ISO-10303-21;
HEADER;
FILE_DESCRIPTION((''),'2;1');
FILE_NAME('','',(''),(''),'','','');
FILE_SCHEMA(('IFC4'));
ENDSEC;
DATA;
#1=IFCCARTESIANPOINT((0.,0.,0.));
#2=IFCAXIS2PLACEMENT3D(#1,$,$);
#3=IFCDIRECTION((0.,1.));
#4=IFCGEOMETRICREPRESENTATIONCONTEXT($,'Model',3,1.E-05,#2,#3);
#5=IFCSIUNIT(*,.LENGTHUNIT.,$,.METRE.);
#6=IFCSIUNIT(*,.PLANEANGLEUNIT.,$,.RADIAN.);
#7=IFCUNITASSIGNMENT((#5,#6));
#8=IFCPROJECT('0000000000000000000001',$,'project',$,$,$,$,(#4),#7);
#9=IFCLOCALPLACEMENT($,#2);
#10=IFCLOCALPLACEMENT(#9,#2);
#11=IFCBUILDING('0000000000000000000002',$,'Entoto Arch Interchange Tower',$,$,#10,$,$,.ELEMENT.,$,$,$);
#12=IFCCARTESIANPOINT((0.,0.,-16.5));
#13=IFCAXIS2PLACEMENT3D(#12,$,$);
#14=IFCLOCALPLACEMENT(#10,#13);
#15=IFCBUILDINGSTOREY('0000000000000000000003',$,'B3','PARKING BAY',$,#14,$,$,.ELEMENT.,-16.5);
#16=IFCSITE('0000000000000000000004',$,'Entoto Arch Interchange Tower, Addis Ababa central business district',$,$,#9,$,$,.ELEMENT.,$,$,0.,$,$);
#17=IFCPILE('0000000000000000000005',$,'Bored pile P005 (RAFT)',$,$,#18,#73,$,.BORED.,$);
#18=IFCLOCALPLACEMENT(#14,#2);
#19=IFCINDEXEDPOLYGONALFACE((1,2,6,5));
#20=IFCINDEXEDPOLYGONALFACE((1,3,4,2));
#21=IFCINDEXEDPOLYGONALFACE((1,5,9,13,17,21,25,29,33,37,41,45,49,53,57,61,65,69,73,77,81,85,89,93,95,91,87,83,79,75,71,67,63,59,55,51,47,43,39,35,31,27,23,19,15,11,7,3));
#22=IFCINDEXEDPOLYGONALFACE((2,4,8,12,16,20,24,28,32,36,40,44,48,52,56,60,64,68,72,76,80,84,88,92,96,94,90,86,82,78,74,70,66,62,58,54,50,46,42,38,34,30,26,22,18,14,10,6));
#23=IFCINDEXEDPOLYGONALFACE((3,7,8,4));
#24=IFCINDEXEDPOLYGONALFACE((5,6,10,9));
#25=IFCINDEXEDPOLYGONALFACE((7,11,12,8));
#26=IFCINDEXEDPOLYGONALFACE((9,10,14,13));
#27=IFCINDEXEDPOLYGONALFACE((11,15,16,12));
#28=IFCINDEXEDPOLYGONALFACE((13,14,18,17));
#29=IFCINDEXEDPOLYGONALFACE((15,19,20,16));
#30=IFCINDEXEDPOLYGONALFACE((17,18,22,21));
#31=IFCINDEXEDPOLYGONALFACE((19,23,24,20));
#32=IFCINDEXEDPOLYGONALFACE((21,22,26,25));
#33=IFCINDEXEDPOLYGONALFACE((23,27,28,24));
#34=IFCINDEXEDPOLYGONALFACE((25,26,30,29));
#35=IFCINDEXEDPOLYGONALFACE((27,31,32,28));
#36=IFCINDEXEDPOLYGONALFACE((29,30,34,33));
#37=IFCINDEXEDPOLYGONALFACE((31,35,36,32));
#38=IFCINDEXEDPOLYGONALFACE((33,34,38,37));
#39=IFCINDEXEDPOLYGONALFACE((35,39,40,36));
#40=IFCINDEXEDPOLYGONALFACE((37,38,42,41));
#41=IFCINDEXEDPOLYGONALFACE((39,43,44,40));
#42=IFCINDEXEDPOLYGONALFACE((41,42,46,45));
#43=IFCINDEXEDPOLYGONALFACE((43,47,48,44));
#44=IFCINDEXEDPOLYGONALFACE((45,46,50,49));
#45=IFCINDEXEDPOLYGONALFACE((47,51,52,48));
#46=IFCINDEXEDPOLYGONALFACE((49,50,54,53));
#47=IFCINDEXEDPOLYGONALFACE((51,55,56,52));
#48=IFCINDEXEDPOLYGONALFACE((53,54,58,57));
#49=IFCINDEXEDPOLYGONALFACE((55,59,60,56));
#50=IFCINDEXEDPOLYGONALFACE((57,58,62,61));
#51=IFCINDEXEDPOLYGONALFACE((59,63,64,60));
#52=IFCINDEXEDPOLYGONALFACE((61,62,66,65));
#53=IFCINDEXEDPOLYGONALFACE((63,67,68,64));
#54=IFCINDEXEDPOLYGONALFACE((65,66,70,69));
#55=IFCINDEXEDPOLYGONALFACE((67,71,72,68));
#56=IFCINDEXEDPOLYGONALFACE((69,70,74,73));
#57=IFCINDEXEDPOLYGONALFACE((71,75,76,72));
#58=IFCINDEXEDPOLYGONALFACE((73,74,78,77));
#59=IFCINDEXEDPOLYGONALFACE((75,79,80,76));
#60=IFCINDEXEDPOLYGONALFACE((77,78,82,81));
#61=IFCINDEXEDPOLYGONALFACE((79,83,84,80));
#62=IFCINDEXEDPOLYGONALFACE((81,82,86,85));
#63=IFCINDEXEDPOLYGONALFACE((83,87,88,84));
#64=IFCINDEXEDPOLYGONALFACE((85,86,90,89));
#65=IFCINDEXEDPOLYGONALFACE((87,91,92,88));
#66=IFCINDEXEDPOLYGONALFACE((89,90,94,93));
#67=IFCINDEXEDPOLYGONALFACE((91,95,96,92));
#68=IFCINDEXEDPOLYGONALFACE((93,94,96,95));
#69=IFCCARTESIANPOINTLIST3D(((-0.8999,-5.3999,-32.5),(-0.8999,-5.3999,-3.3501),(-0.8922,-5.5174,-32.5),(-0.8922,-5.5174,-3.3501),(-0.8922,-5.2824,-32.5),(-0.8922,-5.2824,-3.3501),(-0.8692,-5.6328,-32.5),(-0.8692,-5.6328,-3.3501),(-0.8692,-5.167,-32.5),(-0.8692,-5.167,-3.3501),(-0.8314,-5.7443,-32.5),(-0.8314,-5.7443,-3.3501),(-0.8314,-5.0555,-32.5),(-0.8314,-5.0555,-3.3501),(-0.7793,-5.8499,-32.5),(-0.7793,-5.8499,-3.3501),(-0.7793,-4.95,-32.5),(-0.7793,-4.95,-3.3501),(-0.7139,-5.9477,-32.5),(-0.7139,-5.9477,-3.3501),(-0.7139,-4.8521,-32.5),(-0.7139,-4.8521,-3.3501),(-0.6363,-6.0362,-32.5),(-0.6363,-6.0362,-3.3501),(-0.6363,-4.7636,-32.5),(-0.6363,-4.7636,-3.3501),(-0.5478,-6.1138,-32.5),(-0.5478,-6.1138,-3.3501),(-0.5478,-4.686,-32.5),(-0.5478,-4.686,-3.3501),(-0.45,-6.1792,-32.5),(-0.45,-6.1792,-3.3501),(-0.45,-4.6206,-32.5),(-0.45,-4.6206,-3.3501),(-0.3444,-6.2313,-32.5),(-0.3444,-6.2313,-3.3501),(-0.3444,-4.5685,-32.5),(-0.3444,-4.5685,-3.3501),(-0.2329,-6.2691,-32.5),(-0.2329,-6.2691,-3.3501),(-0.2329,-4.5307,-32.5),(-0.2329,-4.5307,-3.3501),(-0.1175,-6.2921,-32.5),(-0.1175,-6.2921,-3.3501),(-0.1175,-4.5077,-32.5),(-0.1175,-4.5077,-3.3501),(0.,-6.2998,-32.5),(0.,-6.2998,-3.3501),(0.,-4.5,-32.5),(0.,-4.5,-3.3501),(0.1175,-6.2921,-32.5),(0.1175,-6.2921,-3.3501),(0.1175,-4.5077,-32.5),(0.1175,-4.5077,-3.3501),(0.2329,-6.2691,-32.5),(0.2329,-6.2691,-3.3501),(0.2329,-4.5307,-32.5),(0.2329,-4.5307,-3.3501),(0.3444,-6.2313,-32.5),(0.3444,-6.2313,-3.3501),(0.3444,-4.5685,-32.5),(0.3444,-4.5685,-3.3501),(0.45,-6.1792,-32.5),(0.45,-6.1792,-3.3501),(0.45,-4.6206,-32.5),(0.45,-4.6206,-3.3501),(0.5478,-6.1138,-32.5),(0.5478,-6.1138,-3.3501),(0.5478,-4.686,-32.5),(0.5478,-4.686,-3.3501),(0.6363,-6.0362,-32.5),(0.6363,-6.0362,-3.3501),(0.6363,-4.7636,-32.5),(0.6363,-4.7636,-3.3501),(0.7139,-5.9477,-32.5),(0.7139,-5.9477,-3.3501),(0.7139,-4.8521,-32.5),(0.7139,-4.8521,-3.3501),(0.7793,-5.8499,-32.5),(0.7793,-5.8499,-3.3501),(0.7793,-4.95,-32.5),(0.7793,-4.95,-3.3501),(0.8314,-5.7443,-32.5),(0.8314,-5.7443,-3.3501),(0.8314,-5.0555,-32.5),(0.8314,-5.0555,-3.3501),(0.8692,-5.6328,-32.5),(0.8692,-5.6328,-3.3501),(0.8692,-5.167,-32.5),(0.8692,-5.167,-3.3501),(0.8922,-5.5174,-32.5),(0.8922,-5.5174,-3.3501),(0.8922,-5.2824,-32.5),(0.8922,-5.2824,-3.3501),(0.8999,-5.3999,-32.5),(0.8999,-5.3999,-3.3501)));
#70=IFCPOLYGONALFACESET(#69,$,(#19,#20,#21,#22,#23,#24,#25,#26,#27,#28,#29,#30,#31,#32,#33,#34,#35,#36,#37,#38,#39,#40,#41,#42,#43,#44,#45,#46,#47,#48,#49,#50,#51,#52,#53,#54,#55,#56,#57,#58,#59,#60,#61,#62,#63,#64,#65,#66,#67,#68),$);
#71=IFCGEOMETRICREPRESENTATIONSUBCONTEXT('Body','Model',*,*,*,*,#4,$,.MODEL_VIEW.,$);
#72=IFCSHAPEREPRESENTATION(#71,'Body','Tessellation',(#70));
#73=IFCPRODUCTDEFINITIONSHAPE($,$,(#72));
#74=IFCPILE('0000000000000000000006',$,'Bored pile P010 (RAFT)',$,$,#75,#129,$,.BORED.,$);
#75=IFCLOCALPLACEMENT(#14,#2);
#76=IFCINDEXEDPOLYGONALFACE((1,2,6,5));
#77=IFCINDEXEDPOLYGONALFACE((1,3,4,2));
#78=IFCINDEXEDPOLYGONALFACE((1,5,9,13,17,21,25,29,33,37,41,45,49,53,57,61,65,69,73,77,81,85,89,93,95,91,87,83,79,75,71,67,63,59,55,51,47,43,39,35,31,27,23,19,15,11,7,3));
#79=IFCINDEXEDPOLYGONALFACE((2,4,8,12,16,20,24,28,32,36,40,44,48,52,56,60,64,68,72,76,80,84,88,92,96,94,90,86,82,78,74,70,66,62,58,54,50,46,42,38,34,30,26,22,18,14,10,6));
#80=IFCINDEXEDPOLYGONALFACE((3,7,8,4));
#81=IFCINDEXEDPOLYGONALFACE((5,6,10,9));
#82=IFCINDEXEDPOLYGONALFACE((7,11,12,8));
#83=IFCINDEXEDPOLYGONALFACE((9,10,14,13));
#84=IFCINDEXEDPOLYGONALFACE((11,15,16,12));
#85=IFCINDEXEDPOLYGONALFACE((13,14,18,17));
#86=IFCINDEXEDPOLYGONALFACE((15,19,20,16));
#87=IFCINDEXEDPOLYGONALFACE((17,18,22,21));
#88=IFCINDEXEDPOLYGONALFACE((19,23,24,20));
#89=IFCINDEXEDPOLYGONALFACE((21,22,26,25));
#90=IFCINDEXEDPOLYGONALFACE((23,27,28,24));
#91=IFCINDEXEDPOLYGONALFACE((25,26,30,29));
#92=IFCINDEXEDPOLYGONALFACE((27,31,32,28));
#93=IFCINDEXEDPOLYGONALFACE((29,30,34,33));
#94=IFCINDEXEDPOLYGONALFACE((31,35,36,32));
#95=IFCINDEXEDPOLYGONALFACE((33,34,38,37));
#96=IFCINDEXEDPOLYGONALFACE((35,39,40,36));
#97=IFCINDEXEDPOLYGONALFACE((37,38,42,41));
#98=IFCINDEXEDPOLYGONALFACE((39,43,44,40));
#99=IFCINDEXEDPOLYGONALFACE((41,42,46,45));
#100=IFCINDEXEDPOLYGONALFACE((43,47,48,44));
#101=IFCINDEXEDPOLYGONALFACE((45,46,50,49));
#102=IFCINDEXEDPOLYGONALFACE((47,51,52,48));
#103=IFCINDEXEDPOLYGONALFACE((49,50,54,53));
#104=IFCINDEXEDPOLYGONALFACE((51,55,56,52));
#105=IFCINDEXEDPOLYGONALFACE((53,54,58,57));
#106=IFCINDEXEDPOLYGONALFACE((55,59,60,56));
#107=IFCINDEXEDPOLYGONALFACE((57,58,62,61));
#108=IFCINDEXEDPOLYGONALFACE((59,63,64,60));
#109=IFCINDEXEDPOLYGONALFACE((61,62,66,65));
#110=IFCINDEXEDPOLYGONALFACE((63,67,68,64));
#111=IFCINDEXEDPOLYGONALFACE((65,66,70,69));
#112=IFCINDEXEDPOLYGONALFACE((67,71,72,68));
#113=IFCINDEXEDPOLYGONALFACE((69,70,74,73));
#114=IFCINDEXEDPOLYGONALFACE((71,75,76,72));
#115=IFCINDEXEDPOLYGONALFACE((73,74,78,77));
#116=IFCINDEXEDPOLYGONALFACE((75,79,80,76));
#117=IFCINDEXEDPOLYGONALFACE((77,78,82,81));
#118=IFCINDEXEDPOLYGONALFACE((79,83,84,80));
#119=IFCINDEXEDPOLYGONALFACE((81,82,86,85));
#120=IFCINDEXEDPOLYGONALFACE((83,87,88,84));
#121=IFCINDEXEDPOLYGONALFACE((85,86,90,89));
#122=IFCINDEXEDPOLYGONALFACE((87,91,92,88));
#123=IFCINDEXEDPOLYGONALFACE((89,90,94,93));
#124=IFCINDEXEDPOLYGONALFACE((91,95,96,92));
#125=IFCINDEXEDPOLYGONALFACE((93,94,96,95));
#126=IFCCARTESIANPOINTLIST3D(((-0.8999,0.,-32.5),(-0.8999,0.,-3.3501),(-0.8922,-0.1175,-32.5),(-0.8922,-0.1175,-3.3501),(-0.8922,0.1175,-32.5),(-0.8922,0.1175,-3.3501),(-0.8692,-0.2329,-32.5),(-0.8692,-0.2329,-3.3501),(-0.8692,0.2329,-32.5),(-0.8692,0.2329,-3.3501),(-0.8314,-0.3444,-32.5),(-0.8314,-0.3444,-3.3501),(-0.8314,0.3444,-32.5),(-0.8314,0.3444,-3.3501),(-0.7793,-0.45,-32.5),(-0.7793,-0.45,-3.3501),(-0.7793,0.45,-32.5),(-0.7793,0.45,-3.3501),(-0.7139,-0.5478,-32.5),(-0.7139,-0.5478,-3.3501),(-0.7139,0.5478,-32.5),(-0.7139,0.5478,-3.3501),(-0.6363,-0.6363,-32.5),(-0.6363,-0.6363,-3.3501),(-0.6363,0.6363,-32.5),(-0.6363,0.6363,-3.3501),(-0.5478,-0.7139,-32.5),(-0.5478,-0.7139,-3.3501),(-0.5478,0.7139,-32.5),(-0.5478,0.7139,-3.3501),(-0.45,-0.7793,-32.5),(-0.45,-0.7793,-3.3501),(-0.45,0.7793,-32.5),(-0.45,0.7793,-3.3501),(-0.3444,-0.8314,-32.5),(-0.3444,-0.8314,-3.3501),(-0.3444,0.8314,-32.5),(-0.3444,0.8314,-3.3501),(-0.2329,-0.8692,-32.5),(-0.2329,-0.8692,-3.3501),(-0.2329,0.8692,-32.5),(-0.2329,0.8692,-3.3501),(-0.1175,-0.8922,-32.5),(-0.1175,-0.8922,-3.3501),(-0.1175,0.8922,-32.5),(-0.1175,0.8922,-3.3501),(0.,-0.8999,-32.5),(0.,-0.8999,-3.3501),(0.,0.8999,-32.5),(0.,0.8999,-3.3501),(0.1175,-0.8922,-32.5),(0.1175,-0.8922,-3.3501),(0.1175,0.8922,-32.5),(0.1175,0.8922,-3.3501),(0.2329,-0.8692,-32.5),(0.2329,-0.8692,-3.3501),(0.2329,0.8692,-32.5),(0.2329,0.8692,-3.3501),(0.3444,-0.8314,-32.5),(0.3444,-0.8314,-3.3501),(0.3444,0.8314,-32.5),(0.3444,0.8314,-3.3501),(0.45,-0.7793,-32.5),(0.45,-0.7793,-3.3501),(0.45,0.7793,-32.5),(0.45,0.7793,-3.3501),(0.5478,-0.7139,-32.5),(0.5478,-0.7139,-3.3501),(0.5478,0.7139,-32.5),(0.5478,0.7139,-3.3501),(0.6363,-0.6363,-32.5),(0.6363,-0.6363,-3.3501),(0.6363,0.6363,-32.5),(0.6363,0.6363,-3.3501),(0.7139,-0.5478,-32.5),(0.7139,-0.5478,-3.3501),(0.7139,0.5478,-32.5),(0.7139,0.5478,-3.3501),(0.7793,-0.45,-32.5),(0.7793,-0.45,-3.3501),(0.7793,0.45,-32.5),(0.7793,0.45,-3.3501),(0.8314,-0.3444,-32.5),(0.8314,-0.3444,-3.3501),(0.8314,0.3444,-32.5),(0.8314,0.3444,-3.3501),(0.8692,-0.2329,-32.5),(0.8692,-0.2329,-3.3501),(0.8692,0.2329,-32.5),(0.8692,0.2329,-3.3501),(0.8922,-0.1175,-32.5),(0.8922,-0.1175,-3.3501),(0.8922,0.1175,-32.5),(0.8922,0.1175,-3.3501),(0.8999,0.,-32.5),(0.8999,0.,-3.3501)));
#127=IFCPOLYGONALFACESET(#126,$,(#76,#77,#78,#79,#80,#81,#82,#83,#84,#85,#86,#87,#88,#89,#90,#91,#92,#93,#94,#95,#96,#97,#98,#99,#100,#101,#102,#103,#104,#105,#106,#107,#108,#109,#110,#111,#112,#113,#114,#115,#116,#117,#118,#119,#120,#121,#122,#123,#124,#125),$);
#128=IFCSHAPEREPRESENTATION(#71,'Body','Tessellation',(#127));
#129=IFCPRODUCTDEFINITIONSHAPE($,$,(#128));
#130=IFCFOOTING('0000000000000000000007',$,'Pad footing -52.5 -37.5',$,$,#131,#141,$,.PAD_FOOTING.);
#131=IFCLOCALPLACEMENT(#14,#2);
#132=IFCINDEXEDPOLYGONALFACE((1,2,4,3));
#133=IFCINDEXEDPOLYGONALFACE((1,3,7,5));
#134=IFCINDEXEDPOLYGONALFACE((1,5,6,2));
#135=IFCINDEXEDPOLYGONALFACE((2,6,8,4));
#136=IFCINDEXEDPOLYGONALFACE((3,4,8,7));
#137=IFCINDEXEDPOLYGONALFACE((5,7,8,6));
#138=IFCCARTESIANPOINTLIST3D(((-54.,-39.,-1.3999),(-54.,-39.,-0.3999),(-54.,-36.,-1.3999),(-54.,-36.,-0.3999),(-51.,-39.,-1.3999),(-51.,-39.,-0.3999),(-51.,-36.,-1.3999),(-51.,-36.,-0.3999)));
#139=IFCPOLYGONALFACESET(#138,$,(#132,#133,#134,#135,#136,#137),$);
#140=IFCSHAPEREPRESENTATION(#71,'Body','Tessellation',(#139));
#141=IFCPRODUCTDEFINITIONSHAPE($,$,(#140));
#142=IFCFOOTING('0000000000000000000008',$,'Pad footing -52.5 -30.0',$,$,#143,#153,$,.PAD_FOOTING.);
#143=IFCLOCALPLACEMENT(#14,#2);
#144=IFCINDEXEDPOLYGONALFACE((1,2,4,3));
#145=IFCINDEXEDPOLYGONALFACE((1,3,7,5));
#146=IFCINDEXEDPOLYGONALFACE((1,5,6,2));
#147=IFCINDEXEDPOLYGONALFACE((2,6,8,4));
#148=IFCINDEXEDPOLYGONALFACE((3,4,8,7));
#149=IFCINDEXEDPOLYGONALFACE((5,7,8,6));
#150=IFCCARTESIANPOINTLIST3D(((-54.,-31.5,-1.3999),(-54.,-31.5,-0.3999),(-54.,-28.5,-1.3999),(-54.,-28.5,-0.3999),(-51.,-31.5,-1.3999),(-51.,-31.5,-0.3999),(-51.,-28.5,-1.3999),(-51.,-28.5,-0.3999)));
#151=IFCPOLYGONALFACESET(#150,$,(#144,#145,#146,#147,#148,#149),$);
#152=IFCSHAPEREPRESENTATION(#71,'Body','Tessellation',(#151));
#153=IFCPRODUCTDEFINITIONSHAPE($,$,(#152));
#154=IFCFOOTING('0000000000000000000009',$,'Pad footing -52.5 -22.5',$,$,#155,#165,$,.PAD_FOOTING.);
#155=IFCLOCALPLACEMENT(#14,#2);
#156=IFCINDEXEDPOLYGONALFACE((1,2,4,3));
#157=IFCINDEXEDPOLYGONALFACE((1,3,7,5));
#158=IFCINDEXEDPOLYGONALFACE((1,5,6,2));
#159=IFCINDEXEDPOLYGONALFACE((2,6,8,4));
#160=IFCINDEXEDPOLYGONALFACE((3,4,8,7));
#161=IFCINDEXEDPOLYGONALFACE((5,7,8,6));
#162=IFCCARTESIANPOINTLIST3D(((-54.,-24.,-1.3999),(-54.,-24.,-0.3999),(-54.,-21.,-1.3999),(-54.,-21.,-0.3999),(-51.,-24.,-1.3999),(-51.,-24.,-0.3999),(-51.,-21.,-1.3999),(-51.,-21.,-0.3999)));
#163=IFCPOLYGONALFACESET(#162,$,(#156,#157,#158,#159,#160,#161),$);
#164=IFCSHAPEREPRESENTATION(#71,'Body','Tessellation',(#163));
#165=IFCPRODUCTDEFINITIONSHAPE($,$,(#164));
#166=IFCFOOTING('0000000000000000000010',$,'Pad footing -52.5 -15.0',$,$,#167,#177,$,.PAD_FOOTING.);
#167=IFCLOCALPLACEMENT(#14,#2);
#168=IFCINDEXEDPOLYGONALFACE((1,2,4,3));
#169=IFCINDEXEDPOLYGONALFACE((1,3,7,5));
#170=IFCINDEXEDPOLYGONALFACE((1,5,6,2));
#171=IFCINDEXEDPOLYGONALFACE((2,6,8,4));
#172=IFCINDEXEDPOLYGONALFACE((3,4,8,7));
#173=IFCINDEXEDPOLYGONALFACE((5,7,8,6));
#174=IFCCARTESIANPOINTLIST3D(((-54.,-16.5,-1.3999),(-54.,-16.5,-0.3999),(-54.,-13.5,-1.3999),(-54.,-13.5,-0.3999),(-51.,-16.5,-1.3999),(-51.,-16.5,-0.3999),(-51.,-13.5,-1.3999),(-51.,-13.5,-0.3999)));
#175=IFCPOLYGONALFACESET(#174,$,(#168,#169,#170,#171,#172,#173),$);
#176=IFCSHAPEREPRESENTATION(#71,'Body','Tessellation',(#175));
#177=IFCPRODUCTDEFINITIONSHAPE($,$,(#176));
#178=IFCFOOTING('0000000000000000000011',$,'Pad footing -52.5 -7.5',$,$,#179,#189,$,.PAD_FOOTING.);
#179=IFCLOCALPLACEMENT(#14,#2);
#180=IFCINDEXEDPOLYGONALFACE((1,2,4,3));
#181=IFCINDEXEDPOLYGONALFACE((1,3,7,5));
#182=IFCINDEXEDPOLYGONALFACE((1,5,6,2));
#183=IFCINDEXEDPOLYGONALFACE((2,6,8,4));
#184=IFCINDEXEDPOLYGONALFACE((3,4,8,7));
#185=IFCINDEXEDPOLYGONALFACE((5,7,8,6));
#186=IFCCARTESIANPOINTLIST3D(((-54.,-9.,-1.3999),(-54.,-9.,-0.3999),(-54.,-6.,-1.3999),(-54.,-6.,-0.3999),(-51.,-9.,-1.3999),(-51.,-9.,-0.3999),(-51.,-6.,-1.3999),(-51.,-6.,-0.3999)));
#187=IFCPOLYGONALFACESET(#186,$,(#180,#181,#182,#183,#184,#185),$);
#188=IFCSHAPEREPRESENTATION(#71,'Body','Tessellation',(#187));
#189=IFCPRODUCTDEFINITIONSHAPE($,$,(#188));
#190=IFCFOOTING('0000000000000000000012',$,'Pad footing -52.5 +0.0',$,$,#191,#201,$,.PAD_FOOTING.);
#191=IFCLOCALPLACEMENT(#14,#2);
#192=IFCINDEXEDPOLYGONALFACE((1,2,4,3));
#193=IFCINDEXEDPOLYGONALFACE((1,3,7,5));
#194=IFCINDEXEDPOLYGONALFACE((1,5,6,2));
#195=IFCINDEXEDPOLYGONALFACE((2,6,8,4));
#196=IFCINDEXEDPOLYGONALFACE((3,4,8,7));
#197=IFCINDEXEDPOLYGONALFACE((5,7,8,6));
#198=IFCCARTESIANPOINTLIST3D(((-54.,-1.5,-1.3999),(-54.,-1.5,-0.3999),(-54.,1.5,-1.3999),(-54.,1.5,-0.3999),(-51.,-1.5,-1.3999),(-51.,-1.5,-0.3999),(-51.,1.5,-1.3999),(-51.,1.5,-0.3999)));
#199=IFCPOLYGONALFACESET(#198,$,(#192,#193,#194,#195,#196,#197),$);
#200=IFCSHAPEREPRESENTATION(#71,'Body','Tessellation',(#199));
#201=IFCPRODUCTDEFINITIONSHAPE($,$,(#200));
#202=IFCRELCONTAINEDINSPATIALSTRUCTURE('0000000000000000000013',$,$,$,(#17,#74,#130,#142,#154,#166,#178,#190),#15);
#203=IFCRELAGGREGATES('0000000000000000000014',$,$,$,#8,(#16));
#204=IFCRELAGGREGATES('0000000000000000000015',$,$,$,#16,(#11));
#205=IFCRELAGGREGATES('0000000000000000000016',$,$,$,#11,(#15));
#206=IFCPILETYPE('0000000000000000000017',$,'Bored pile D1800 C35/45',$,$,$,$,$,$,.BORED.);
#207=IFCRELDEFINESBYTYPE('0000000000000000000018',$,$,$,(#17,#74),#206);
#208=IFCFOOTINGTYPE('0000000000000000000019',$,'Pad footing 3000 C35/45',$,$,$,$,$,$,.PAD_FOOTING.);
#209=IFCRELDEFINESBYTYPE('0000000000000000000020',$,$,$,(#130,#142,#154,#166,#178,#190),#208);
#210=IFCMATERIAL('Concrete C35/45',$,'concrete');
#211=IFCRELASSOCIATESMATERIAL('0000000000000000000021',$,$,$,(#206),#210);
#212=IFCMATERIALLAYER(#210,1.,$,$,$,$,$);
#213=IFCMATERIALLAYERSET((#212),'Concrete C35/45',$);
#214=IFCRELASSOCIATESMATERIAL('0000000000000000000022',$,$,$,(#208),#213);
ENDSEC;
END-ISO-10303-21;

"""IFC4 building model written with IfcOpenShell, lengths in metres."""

from ifc_helpers import new_model, si_unit, direction, frame, origin, origin_2d, place, context, subcontext, project, spatial, polyline, circle, outline, extrude, material, layer, layer_set, material_profile, profile_set, type_object, element, save


model = new_model("IFC4")

# Units and contexts
model_context = context("Model", 3, precision=1e-05, world=origin(), true_north=direction((0.0, 1.0)))
body_context = subcontext(model_context, "Body", "Model", "MODEL_VIEW")
ifc_project = project(units=[si_unit("LENGTHUNIT", "METRE"), si_unit("PLANEANGLEUNIT", "RADIAN")], contexts=[model_context])

# Site, building, storey
site_placement = place(None, origin())
site = spatial("IfcSite", under=ifc_project, at=site_placement, Name="Entoto Arch Interchange Tower, Addis Ababa central business district", CompositionType="ELEMENT", RefElevation=0.0)
building_placement = place(site_placement, origin())
building = spatial("IfcBuilding", under=site, at=building_placement, Name="Entoto Arch Interchange Tower", CompositionType="ELEMENT")
storey_placement = place(building_placement, frame((0.0, 0.0, -16.5)))
storey = spatial("IfcBuildingStorey", under=building, at=storey_placement, Name="B3", Description="PARKING BAY", CompositionType="ELEMENT", Elevation=-16.5)

# Piles
ifc_material = material(Name="Concrete C35/45", Category="concrete")
ifc_material_profile = material_profile(ifc_material, circle(Radius=0.8999, at=origin_2d()))
ifc_profile_set = profile_set([ifc_material_profile], Name="Concrete C35/45")
pile_type = type_object("IfcPileType", Name="Bored pile D1800 C35/45", PredefinedType="BORED", material=ifc_profile_set)
for number, where, z_axis, x_axis, name in (
    (1, (0.0, -5.3999, -3.3501), (0.0, 0.0, -1.0), (1.0, 0.0, 0.0), "Bored pile P005 (RAFT)"),
    (2, (0.0, 0.0, -3.3501), (0.0, 0.0, -1.0), (1.0, 0.0, 0.0), "Bored pile P010 (RAFT)"),
):
    element("IfcPile", number, at=place(storey_placement, frame(where, z_axis=z_axis, x_axis=x_axis)), inside=storey, type_object=pile_type, Name=name, PredefinedType="BORED", context=body_context, shape_type="SweptSolid", body=[
        extrude(circle(Radius=0.8999, at=origin_2d()), origin(), (0.0, 0.0, 1.0), 29.1499),
    ])

# Footings
ifc_layer_1 = layer(ifc_material, 1.0)
ifc_layer_set_1 = layer_set([ifc_layer_1], Name="Concrete C35/45")
footing_type_1 = type_object("IfcFootingType", Name="Pad footing 3000 C35/45", PredefinedType="PAD_FOOTING", material=ifc_layer_set_1)
footing_1_placement = place(storey_placement, frame((0.0, 0.0, -1.3999)))
element("IfcFooting", 3, at=footing_1_placement, inside=storey, type_object=footing_type_1, Name="Pad footing -52.5 -37.5", PredefinedType="PAD_FOOTING", context=body_context, shape_type="SweptSolid", body=[
    extrude(outline(polyline([(-51.0, -39.0), (-51.0, -36.0), (-54.0, -36.0), (-54.0, -39.0), (-51.0, -39.0)])), origin(), (0.0, 0.0, 1.0), 1.0),
])
footing_2_placement = place(storey_placement, frame((0.0, 0.0, -1.3999)))
element("IfcFooting", 4, at=footing_2_placement, inside=storey, type_object=footing_type_1, Name="Pad footing -52.5 -30.0", PredefinedType="PAD_FOOTING", context=body_context, shape_type="SweptSolid", body=[
    extrude(outline(polyline([(-51.0, -31.5), (-51.0, -28.5), (-54.0, -28.5), (-54.0, -31.5), (-51.0, -31.5)])), origin(), (0.0, 0.0, 1.0), 1.0),
])
footing_3_placement = place(storey_placement, frame((0.0, 0.0, -1.3999)))
element("IfcFooting", 5, at=footing_3_placement, inside=storey, type_object=footing_type_1, Name="Pad footing -52.5 -22.5", PredefinedType="PAD_FOOTING", context=body_context, shape_type="SweptSolid", body=[
    extrude(outline(polyline([(-51.0, -24.0), (-51.0, -21.0), (-54.0, -21.0), (-54.0, -24.0), (-51.0, -24.0)])), origin(), (0.0, 0.0, 1.0), 1.0),
])
footing_4_placement = place(storey_placement, frame((0.0, 0.0, -1.3999)))
element("IfcFooting", 6, at=footing_4_placement, inside=storey, type_object=footing_type_1, Name="Pad footing -52.5 -15.0", PredefinedType="PAD_FOOTING", context=body_context, shape_type="SweptSolid", body=[
    extrude(outline(polyline([(-51.0, -16.5), (-51.0, -13.5), (-54.0, -13.5), (-54.0, -16.5), (-51.0, -16.5)])), origin(), (0.0, 0.0, 1.0), 1.0),
])
footing_5_placement = place(storey_placement, frame((0.0, 0.0, -1.3999)))
element("IfcFooting", 7, at=footing_5_placement, inside=storey, type_object=footing_type_1, Name="Pad footing -52.5 -7.5", PredefinedType="PAD_FOOTING", context=body_context, shape_type="SweptSolid", body=[
    extrude(outline(polyline([(-51.0, -9.0), (-51.0, -6.0), (-54.0, -6.0), (-54.0, -9.0), (-51.0, -9.0)])), origin(), (0.0, 0.0, 1.0), 1.0),
])
footing_6_placement = place(storey_placement, frame((0.0, 0.0, -1.3999)))
element("IfcFooting", 8, at=footing_6_placement, inside=storey, type_object=footing_type_1, Name="Pad footing -52.5 +0.0", PredefinedType="PAD_FOOTING", context=body_context, shape_type="SweptSolid", body=[
    extrude(outline(polyline([(-51.0, -1.5), (-51.0, 1.5), (-54.0, 1.5), (-54.0, -1.5), (-51.0, -1.5)])), origin(), (0.0, 0.0, 1.0), 1.0),
])

save(model, "model.ifc")
